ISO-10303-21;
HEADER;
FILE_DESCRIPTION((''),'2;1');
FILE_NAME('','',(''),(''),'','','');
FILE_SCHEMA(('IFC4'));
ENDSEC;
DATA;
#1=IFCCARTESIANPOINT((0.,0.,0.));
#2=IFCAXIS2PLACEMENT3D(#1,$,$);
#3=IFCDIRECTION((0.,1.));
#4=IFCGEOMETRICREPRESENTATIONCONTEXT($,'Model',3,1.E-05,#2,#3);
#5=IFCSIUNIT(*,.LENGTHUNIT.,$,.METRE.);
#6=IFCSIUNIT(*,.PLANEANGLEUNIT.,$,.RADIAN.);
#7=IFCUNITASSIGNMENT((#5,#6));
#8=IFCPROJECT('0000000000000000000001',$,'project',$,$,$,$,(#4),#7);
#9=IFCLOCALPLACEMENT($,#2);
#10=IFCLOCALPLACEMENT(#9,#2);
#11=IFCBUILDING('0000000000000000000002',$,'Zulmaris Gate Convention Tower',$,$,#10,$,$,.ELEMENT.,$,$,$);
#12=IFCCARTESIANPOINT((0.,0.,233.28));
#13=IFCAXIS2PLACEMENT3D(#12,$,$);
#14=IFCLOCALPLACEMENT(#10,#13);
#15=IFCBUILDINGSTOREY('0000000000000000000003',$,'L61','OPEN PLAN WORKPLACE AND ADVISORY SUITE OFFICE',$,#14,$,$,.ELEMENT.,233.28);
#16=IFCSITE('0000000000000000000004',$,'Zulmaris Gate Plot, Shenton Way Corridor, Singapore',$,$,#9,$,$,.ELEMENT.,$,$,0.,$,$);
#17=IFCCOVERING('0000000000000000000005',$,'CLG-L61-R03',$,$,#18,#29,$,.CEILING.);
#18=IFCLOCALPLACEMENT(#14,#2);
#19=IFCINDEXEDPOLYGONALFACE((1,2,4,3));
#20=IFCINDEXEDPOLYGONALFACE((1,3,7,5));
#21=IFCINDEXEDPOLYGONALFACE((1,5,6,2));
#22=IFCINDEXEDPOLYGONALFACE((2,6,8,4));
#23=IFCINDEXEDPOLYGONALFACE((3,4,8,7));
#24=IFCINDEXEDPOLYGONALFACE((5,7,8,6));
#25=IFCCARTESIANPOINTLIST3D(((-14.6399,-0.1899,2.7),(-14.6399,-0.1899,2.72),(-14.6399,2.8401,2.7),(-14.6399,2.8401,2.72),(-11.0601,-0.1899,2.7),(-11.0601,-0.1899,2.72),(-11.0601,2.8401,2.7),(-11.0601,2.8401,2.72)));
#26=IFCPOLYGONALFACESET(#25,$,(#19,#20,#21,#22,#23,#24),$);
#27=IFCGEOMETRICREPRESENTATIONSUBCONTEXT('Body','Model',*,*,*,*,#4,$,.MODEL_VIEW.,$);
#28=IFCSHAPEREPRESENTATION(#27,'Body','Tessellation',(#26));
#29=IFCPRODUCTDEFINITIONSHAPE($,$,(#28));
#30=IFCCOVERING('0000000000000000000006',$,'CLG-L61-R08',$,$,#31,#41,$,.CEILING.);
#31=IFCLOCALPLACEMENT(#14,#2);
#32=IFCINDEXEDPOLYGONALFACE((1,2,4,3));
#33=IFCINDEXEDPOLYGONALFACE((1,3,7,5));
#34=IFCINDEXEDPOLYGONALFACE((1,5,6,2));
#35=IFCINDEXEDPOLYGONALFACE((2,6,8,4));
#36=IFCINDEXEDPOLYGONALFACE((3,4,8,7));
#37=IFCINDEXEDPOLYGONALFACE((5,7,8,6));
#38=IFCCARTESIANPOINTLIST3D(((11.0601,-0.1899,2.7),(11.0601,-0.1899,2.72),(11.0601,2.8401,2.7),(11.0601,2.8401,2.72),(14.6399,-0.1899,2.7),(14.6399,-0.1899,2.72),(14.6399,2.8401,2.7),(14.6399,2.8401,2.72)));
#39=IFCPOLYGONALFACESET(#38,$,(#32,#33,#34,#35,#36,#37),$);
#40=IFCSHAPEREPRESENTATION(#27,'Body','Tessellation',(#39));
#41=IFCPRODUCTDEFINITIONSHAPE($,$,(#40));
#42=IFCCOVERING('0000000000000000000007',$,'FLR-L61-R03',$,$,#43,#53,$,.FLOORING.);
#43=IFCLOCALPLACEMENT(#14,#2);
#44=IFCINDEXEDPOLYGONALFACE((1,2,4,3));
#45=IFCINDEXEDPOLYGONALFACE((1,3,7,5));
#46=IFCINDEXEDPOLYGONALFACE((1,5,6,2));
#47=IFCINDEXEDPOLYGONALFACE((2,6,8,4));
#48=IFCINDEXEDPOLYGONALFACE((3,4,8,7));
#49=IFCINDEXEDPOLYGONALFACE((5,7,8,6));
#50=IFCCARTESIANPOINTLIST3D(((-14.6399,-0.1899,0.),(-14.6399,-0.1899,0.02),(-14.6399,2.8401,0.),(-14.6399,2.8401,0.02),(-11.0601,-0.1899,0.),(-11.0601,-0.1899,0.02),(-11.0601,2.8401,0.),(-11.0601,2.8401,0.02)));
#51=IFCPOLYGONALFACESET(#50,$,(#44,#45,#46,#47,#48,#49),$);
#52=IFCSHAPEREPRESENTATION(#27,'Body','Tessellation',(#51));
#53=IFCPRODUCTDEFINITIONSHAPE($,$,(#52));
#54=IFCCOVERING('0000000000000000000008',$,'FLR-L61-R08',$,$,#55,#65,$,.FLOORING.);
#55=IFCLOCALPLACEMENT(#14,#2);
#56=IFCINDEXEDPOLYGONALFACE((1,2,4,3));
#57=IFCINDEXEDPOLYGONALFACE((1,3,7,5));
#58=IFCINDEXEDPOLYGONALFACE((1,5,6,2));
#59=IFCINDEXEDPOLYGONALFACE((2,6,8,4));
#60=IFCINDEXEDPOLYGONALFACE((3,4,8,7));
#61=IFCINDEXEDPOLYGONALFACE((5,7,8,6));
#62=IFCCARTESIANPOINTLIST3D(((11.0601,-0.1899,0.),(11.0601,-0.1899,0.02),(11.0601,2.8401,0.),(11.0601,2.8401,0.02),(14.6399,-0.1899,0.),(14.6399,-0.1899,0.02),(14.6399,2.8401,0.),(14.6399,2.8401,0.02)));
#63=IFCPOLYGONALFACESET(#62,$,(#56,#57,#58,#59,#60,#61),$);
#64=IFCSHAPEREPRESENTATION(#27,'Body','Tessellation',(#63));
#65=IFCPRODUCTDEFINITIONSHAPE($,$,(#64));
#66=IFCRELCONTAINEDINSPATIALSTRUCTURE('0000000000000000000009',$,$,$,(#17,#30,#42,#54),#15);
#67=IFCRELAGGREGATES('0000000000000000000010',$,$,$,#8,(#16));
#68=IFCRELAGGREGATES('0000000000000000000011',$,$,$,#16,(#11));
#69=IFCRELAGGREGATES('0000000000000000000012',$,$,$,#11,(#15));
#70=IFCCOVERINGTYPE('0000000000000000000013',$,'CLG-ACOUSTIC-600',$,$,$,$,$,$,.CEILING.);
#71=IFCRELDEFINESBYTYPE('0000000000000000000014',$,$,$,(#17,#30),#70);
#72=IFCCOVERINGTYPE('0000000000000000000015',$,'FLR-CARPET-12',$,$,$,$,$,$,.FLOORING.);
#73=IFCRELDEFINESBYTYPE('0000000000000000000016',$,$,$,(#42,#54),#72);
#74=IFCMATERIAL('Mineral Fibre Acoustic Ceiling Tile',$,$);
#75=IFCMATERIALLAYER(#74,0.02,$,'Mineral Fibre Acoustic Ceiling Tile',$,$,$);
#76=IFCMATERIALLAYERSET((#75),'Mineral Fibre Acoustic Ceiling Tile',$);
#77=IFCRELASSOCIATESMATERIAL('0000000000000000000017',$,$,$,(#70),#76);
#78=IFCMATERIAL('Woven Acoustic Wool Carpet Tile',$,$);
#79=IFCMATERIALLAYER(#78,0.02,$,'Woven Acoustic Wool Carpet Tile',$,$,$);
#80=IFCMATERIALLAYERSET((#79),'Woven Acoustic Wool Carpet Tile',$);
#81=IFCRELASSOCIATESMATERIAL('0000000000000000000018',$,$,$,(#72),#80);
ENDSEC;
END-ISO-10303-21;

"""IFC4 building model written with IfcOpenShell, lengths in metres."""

from ifc_helpers import new_model, si_unit, direction, frame, origin, place, context, subcontext, project, spatial, polyline, outline, extrude, material, layer, layer_set, type_object, element, save


model = new_model("IFC4")

# Units and contexts
model_context = context("Model", 3, precision=1e-05, world=origin(), true_north=direction((0.0, 1.0)))
body_context = subcontext(model_context, "Body", "Model", "MODEL_VIEW")
ifc_project = project(units=[si_unit("LENGTHUNIT", "METRE"), si_unit("PLANEANGLEUNIT", "RADIAN")], contexts=[model_context])

# Site, building, storey
site_placement = place(None, origin())
site = spatial("IfcSite", under=ifc_project, at=site_placement, Name="Zulmaris Gate Plot, Shenton Way Corridor, Singapore", CompositionType="ELEMENT", RefElevation=0.0)
building_placement = place(site_placement, origin())
building = spatial("IfcBuilding", under=site, at=building_placement, Name="Zulmaris Gate Convention Tower", CompositionType="ELEMENT")
storey_placement = place(building_placement, frame((0.0, 0.0, 233.28)))
storey = spatial("IfcBuildingStorey", under=building, at=storey_placement, Name="L61", Description="OPEN PLAN WORKPLACE AND ADVISORY SUITE OFFICE", CompositionType="ELEMENT", Elevation=233.28)

# Coverings
ifc_material_1 = material(Name="Mineral Fibre Acoustic Ceiling Tile")
ifc_layer_1 = layer(ifc_material_1, 0.02, Name="Mineral Fibre Acoustic Ceiling Tile")
ifc_layer_set_1 = layer_set([ifc_layer_1], Name="Mineral Fibre Acoustic Ceiling Tile")
covering_type_1 = type_object("IfcCoveringType", Name="CLG-ACOUSTIC-600", PredefinedType="CEILING", material=ifc_layer_set_1)
covering_1_placement = place(storey_placement, frame((0.0, 0.0, 2.7)))
element("IfcCovering", 1, at=covering_1_placement, inside=storey, type_object=covering_type_1, Name="CLG-L61-R03", PredefinedType="CEILING", context=body_context, shape_type="SweptSolid", body=[
    extrude(outline(polyline([(-14.6399, -0.1899), (-11.0601, -0.1899), (-11.0601, 2.8401), (-14.6399, 2.8401), (-14.6399, -0.1899)])), origin(), (0.0, 0.0, 1.0), 0.02),
])
covering_2_placement = place(storey_placement, frame((0.0, 0.0, 2.7)))
element("IfcCovering", 2, at=covering_2_placement, inside=storey, type_object=covering_type_1, Name="CLG-L61-R08", PredefinedType="CEILING", context=body_context, shape_type="SweptSolid", body=[
    extrude(outline(polyline([(11.0601, -0.1899), (14.6399, -0.1899), (14.6399, 2.8401), (11.0601, 2.8401), (11.0601, -0.1899)])), origin(), (0.0, 0.0, 1.0), 0.02),
])
ifc_material_2 = material(Name="Woven Acoustic Wool Carpet Tile")
ifc_layer_2 = layer(ifc_material_2, 0.02, Name="Woven Acoustic Wool Carpet Tile")
ifc_layer_set_2 = layer_set([ifc_layer_2], Name="Woven Acoustic Wool Carpet Tile")
covering_type_2 = type_object("IfcCoveringType", Name="FLR-CARPET-12", PredefinedType="FLOORING", material=ifc_layer_set_2)
covering_3_placement = place(storey_placement, origin())
element("IfcCovering", 3, at=covering_3_placement, inside=storey, type_object=covering_type_2, Name="FLR-L61-R03", PredefinedType="FLOORING", context=body_context, shape_type="SweptSolid", body=[
    extrude(outline(polyline([(-14.6399, -0.1899), (-11.0601, -0.1899), (-11.0601, 2.8401), (-14.6399, 2.8401), (-14.6399, -0.1899)])), origin(), (0.0, 0.0, 1.0), 0.02),
])
covering_4_placement = place(storey_placement, origin())
element("IfcCovering", 4, at=covering_4_placement, inside=storey, type_object=covering_type_2, Name="FLR-L61-R08", PredefinedType="FLOORING", context=body_context, shape_type="SweptSolid", body=[
    extrude(outline(polyline([(11.0601, -0.1899), (14.6399, -0.1899), (14.6399, 2.8401), (11.0601, 2.8401), (11.0601, -0.1899)])), origin(), (0.0, 0.0, 1.0), 0.02),
])

save(model, "model.ifc")
